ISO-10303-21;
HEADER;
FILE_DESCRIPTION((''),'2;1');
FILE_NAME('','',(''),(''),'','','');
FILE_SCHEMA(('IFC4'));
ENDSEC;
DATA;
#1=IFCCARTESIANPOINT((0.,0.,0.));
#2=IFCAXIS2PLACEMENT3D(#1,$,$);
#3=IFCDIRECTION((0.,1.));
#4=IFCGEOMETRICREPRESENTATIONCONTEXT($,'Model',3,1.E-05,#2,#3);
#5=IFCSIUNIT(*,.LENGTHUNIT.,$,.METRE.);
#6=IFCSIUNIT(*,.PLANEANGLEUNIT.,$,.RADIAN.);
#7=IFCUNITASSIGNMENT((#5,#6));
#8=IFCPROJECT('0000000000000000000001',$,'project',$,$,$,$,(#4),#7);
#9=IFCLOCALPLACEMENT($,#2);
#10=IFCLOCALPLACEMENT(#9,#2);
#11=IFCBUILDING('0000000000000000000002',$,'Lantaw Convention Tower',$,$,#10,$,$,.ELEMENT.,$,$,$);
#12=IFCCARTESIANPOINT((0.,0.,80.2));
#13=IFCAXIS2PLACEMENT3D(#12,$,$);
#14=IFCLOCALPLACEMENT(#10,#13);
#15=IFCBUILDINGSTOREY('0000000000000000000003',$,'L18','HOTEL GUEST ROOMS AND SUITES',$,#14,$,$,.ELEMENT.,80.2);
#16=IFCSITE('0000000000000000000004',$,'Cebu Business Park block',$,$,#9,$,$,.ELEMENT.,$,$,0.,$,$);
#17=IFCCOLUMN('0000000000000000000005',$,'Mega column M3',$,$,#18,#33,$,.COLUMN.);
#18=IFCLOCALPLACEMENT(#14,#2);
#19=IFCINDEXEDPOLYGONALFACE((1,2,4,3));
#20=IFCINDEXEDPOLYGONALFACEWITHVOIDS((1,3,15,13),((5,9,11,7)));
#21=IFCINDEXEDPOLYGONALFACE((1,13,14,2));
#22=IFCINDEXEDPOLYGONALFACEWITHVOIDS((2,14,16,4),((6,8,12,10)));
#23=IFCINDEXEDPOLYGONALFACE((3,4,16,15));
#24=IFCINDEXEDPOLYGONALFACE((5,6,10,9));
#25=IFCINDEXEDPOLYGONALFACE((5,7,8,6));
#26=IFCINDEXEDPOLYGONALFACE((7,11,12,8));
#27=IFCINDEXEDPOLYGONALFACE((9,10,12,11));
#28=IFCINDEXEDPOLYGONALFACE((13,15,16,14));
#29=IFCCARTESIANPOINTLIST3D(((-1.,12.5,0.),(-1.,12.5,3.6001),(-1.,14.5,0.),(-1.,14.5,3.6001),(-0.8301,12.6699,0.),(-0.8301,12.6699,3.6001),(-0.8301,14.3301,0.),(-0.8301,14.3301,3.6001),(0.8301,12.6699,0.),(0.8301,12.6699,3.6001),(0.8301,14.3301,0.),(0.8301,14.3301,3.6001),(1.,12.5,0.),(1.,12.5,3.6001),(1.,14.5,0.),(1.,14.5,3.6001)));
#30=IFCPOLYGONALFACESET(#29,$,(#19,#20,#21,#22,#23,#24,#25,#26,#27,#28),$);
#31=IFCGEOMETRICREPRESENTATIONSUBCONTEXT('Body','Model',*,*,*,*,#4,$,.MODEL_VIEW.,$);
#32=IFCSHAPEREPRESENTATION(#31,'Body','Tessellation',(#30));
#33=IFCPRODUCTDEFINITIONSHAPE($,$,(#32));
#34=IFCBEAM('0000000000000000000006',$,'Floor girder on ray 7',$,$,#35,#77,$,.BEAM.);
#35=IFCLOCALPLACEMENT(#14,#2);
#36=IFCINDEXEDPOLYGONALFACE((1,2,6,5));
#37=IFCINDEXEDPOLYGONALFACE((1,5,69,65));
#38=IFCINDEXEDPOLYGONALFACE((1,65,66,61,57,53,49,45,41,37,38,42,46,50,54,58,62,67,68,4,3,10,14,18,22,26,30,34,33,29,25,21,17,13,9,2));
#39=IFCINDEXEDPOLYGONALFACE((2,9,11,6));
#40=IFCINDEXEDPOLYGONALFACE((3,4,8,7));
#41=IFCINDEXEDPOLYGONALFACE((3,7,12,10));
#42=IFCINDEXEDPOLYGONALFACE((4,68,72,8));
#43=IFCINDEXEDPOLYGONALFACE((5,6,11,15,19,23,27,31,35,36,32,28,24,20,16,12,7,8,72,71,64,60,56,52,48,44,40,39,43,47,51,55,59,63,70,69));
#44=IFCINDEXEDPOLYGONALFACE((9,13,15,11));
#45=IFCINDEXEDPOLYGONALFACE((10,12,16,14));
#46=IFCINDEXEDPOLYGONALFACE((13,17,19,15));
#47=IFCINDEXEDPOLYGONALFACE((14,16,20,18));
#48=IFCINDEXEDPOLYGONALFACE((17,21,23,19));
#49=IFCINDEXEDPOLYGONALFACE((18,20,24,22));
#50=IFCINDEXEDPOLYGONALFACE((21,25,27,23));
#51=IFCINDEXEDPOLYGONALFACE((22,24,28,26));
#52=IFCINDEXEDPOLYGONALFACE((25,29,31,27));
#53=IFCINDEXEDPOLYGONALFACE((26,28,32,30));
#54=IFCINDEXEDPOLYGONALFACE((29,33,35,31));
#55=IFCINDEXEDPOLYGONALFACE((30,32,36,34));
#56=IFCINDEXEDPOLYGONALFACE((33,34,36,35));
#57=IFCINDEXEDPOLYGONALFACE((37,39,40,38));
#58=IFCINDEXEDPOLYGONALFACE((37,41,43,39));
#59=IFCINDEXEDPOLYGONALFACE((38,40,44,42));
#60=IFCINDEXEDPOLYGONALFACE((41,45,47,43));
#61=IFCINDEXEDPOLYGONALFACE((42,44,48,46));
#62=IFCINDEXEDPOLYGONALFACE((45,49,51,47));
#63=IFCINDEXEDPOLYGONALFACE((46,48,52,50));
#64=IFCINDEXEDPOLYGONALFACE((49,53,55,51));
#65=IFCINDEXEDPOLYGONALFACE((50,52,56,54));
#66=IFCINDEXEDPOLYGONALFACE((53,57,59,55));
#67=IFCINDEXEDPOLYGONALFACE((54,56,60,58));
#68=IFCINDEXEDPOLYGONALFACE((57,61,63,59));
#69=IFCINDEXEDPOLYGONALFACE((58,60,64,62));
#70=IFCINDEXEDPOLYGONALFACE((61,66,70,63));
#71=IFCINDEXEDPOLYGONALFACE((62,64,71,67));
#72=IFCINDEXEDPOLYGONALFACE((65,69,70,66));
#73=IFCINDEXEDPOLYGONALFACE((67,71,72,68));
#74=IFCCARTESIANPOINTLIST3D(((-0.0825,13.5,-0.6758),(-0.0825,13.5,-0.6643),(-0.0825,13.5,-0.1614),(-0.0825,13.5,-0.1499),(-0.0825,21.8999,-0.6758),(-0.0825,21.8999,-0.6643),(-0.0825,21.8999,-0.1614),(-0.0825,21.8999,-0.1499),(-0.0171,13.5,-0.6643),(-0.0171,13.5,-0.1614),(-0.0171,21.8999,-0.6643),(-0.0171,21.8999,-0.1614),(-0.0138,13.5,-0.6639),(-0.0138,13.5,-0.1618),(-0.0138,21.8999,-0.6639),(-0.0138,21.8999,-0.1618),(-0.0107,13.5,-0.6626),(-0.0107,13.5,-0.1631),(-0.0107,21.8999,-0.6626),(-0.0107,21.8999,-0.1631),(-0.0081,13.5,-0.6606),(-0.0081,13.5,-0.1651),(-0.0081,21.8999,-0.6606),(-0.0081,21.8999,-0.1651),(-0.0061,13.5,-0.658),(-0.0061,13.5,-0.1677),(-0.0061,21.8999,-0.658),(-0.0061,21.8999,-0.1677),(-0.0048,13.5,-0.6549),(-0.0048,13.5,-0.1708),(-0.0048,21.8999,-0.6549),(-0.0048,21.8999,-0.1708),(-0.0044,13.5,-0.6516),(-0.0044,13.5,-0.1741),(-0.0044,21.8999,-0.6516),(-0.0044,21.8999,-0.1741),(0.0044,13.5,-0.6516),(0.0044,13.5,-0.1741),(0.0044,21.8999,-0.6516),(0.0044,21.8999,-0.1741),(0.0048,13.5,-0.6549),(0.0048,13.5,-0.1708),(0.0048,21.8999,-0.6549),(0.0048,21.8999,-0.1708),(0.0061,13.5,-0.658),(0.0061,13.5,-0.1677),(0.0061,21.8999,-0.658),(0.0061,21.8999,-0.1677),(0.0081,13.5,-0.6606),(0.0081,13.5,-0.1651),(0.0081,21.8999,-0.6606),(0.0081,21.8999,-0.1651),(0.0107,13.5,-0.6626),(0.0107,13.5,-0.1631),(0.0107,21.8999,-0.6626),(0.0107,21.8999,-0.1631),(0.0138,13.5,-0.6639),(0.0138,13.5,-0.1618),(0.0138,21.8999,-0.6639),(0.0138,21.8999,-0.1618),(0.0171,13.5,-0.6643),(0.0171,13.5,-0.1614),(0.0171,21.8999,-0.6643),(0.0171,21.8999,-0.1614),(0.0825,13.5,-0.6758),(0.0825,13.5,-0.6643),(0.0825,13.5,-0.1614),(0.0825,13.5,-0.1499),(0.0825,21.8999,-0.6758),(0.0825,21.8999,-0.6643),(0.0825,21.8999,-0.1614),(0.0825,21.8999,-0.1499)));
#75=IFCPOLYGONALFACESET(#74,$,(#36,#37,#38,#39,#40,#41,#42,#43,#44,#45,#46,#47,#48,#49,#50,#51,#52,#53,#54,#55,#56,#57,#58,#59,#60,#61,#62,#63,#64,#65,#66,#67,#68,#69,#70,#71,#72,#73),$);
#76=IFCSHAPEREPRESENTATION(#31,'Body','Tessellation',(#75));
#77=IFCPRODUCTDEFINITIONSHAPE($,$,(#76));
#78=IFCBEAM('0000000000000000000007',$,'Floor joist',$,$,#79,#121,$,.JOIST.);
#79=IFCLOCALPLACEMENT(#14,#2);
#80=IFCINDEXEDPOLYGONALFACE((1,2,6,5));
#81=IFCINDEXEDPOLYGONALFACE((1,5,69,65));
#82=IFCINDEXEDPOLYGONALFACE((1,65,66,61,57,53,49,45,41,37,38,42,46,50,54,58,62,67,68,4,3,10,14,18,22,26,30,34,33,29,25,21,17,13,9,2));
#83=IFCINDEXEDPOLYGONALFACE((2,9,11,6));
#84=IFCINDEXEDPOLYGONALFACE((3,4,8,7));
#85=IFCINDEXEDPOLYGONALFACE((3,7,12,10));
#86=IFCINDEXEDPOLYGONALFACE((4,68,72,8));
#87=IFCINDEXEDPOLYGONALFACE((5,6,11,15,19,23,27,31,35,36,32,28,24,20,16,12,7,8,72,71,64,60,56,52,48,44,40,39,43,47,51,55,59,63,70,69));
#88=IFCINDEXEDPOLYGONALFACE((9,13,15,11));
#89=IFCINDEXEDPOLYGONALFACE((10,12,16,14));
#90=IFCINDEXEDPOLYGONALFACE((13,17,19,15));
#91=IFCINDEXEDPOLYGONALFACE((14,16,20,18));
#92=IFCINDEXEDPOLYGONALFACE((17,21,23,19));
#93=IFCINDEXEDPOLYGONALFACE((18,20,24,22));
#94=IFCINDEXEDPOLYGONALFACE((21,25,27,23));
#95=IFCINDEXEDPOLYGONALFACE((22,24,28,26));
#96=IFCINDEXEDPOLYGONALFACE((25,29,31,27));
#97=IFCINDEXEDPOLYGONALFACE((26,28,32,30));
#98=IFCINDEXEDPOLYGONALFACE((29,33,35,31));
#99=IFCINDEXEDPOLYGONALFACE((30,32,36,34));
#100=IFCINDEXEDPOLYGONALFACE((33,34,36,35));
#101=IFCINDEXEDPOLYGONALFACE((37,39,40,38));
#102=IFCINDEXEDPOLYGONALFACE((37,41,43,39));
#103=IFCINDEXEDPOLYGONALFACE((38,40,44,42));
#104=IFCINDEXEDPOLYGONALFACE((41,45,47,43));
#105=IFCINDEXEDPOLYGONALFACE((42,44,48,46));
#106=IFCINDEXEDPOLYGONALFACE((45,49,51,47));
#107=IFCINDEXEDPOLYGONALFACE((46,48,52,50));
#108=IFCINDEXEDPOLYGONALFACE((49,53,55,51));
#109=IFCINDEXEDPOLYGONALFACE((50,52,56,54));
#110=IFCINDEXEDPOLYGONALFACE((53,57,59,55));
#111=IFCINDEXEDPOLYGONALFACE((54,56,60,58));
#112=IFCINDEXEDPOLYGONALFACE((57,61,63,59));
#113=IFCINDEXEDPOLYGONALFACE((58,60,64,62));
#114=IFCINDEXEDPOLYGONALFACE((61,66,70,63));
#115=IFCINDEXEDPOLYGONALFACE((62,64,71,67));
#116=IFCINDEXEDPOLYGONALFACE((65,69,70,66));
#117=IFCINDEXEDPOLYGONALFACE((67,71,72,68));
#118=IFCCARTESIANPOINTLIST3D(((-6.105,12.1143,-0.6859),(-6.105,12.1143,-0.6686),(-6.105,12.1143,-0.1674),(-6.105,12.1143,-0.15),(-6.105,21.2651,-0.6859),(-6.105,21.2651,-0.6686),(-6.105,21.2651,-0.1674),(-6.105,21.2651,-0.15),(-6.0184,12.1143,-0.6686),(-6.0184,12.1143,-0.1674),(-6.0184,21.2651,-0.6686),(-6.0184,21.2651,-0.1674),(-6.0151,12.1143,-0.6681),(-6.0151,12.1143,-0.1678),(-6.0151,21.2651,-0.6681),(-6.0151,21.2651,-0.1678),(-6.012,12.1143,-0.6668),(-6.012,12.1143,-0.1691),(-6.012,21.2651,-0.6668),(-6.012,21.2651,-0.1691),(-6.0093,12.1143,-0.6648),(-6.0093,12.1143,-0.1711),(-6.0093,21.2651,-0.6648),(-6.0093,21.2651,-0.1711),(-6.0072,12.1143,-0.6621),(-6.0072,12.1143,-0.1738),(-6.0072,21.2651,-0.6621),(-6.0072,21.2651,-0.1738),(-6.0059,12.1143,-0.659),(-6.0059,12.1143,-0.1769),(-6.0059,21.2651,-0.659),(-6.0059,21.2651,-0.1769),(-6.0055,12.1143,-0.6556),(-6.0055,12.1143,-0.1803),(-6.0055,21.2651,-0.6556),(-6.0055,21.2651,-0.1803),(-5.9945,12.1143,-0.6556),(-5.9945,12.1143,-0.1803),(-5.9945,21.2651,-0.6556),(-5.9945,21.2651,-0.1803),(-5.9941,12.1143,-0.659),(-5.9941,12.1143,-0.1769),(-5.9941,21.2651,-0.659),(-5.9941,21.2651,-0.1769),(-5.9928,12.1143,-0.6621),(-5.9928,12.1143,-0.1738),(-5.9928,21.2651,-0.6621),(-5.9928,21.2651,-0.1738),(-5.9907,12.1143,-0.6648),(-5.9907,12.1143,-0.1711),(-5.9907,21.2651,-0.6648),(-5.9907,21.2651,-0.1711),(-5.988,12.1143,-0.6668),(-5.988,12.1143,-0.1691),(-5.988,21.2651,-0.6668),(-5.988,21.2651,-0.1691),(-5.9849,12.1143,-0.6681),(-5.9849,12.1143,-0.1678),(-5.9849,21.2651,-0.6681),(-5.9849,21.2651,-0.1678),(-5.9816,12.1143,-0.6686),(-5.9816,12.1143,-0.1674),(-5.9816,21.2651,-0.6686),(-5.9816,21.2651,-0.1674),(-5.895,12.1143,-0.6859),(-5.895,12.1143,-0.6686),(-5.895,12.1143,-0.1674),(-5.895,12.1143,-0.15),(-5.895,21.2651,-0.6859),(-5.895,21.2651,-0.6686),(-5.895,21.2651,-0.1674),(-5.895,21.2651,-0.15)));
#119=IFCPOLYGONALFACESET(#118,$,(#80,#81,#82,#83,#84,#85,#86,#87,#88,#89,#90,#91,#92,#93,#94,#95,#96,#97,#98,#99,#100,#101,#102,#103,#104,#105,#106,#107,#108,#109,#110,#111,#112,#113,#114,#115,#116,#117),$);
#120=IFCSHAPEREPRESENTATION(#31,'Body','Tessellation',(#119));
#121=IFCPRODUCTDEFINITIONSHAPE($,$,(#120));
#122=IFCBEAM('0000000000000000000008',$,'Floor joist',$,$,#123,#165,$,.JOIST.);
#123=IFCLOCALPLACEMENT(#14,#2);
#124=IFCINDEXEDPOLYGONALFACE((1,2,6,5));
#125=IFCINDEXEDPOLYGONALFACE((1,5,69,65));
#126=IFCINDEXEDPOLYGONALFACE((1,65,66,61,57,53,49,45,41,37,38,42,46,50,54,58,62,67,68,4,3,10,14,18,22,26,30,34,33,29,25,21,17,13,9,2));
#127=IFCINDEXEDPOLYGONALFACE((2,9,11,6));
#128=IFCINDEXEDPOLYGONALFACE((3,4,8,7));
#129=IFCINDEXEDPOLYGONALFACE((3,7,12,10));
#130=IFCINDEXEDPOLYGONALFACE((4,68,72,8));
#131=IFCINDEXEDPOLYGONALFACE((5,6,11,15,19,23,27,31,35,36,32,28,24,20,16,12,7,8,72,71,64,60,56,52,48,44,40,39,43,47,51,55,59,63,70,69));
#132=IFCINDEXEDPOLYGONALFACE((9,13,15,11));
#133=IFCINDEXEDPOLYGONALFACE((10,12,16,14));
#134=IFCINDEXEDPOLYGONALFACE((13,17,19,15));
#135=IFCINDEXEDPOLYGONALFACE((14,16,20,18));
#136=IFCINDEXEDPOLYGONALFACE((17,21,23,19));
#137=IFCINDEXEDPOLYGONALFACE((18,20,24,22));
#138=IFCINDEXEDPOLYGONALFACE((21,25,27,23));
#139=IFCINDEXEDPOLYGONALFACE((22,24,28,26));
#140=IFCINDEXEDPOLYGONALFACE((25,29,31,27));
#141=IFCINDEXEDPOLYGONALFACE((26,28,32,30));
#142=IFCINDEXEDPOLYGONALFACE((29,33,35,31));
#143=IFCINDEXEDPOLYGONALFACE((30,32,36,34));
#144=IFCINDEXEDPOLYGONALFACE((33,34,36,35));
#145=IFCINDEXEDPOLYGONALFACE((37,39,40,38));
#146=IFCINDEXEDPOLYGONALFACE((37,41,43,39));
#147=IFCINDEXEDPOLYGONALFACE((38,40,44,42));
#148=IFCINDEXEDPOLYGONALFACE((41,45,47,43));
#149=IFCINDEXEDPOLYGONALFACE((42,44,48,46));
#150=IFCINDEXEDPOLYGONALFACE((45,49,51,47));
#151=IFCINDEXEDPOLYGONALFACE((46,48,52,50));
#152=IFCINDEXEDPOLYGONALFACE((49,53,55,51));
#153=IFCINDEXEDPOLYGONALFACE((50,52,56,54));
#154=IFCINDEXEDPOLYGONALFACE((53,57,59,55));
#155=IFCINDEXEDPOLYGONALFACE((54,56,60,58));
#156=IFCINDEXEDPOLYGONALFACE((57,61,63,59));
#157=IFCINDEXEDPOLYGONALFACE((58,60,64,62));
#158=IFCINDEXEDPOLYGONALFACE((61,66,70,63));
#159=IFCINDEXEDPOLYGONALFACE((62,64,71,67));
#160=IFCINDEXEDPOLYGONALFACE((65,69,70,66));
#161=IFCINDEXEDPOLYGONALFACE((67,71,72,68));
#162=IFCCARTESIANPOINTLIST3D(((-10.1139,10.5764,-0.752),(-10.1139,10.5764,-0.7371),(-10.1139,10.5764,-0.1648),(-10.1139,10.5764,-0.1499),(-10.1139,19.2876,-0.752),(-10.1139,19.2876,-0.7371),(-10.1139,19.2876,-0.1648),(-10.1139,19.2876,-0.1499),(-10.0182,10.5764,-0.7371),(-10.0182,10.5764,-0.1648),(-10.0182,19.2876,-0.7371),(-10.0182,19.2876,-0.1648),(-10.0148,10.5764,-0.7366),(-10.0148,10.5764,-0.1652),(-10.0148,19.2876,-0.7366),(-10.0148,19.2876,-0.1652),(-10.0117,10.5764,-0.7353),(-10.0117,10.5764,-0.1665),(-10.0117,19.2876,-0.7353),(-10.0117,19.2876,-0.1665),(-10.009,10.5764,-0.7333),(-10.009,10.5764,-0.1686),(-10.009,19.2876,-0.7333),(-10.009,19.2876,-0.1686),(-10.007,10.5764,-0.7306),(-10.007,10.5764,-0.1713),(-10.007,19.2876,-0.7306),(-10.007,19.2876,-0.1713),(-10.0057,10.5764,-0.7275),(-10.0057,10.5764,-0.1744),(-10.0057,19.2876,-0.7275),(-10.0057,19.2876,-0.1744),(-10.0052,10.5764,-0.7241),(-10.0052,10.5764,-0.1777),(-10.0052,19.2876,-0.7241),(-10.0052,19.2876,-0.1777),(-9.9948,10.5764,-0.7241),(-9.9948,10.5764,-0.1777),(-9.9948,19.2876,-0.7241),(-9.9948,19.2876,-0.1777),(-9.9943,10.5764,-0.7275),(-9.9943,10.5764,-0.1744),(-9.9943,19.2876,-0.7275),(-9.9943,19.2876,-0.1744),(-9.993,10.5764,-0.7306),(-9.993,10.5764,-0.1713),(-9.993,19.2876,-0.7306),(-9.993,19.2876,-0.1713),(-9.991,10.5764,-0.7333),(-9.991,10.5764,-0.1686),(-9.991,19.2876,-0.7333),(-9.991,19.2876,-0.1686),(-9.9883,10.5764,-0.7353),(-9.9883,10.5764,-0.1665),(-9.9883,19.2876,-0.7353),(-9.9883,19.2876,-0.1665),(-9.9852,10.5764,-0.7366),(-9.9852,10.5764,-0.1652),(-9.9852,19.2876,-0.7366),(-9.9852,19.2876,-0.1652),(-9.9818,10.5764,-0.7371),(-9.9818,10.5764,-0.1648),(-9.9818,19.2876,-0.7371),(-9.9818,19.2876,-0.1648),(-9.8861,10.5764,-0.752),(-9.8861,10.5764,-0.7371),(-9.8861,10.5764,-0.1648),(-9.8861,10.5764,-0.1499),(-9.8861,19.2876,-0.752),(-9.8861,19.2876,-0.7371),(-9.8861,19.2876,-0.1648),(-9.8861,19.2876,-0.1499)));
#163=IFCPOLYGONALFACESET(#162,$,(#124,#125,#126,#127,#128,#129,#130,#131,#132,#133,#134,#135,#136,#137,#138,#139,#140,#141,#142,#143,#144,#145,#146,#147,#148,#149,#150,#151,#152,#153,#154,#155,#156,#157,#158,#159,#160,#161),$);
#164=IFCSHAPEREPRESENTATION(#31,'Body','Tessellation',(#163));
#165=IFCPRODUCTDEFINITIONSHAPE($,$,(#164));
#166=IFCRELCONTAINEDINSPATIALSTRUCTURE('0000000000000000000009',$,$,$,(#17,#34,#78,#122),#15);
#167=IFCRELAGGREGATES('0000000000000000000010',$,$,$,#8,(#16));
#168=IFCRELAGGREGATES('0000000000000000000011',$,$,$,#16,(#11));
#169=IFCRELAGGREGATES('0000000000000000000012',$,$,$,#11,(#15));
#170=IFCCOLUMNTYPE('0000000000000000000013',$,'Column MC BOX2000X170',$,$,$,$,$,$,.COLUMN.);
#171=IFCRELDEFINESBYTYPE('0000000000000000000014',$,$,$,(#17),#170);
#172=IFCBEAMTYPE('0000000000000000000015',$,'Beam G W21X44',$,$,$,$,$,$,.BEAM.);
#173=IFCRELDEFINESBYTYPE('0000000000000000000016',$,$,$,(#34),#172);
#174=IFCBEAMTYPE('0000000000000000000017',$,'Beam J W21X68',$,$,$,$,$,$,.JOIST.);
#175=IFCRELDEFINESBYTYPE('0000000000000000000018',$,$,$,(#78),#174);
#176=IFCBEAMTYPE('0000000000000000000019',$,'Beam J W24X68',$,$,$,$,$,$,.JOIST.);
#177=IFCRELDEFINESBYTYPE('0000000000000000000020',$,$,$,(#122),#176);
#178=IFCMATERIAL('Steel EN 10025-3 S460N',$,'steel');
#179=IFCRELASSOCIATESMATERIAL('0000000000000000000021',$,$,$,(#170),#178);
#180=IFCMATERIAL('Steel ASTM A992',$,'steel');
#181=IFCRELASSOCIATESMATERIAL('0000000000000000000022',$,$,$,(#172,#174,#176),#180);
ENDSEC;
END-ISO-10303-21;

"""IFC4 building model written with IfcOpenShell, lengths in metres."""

from ifc_helpers import new_model, si_unit, direction, frame, origin, origin_2d, place, context, subcontext, project, spatial, rectangle, hollow_rectangle, i_section, extrude, material, material_profile, profile_set, type_object, element, save


model = new_model("IFC4")

# Units and contexts
model_context = context("Model", 3, precision=1e-05, world=origin(), true_north=direction((0.0, 1.0)))
body_context = subcontext(model_context, "Body", "Model", "MODEL_VIEW")
ifc_project = project(units=[si_unit("LENGTHUNIT", "METRE"), si_unit("PLANEANGLEUNIT", "RADIAN")], contexts=[model_context])

# Site, building, storey
site_placement = place(None, origin())
site = spatial("IfcSite", under=ifc_project, at=site_placement, Name="Cebu Business Park block", CompositionType="ELEMENT", RefElevation=0.0)
building_placement = place(site_placement, origin())
building = spatial("IfcBuilding", under=site, at=building_placement, Name="Lantaw Convention Tower", CompositionType="ELEMENT")
storey_placement = place(building_placement, frame((0.0, 0.0, 80.2)))
storey = spatial("IfcBuildingStorey", under=building, at=storey_placement, Name="L18", Description="HOTEL GUEST ROOMS AND SUITES", CompositionType="ELEMENT", Elevation=80.2)

# Column
ifc_material_1 = material(Name="Steel EN 10025-3 S460N", Category="steel")
ifc_material_profile_1 = material_profile(ifc_material_1, hollow_rectangle(XDim=2.0, YDim=2.0, WallThickness=0.1699, at=origin_2d()), Name="BOX2000X170")
ifc_material_2 = material(Name="Concrete C60/75", Category="concrete")
ifc_material_profile_2 = material_profile(ifc_material_2, rectangle(XDim=1.6599, YDim=1.6599, at=origin_2d()), Name="Concrete fill of BOX2000X170")
ifc_profile_set_1 = profile_set([ifc_material_profile_1, ifc_material_profile_2], Name="Steel EN 10025-3 S460N")
column_type = type_object("IfcColumnType", Name="Column MC BOX2000X170", PredefinedType="COLUMN", material=ifc_profile_set_1)
column_placement = place(storey_placement, frame((0.0, 13.5, 0.0), z_axis=(0.0, 0.0, 1.0), x_axis=(1.0, 0.0, 0.0)))
element("IfcColumn", 1, at=column_placement, inside=storey, type_object=column_type, Name="Mega column M3", PredefinedType="COLUMN", context=body_context, shape_type="SweptSolid", body=[
    extrude(hollow_rectangle(XDim=2.0, YDim=2.0, WallThickness=0.1699, at=origin_2d()), origin(), (0.0, 0.0, 1.0), 3.6001),
])

# Beams
ifc_material_3 = material(Name="Steel ASTM A992", Category="steel")
ifc_material_profile_3 = material_profile(ifc_material_3, i_section(OverallWidth=0.165, OverallDepth=0.5259, WebThickness=0.0088, FlangeThickness=0.0115, FilletRadius=0.0127, at=origin_2d()), Name="W21X44")
ifc_profile_set_2 = profile_set([ifc_material_profile_3], Name="Steel ASTM A992")
beam_type_1 = type_object("IfcBeamType", Name="Beam G W21X44", PredefinedType="BEAM", material=ifc_profile_set_2)
beam_1_placement = place(storey_placement, frame((0.0, 13.5, -0.4128), z_axis=(0.0, 1.0, 0.0), x_axis=(-1.0, 0.0, 0.0)))
element("IfcBeam", 2, at=beam_1_placement, inside=storey, type_object=beam_type_1, Name="Floor girder on ray 7", PredefinedType="BEAM", context=body_context, shape_type="SweptSolid", body=[
    extrude(i_section(OverallWidth=0.165, OverallDepth=0.5259, WebThickness=0.0088, FlangeThickness=0.0115, FilletRadius=0.0127, at=origin_2d()), origin(), (0.0, 0.0, 1.0), 8.3999),
])
ifc_material_profile_4 = material_profile(ifc_material_3, i_section(OverallWidth=0.21, OverallDepth=0.5359, WebThickness=0.011, FlangeThickness=0.0173, FilletRadius=0.0129, at=origin_2d()), Name="W21X68")
ifc_profile_set_3 = profile_set([ifc_material_profile_4], Name="Steel ASTM A992")
beam_type_2 = type_object("IfcBeamType", Name="Beam J W21X68", PredefinedType="JOIST", material=ifc_profile_set_3)
beam_2_placement = place(storey_placement, frame((-6.0, 12.1143, -0.418), z_axis=(0.0, 1.0, 0.0), x_axis=(-1.0, 0.0, 0.0)))
element("IfcBeam", 3, at=beam_2_placement, inside=storey, type_object=beam_type_2, Name="Floor joist", PredefinedType="JOIST", context=body_context, shape_type="SweptSolid", body=[
    extrude(i_section(OverallWidth=0.21, OverallDepth=0.5359, WebThickness=0.011, FlangeThickness=0.0173, FilletRadius=0.0129, at=origin_2d()), origin(), (0.0, 0.0, 1.0), 9.1509),
])
ifc_material_profile_5 = material_profile(ifc_material_3, i_section(OverallWidth=0.2278, OverallDepth=0.6021, WebThickness=0.0105, FlangeThickness=0.0149, FilletRadius=0.0129, at=origin_2d()), Name="W24X68")
ifc_profile_set_4 = profile_set([ifc_material_profile_5], Name="Steel ASTM A992")
beam_type_3 = type_object("IfcBeamType", Name="Beam J W24X68", PredefinedType="JOIST", material=ifc_profile_set_4)
beam_3_placement = place(storey_placement, frame((-10.0, 10.5764, -0.4509), z_axis=(0.0, 1.0, 0.0), x_axis=(-1.0, 0.0, 0.0)))
element("IfcBeam", 4, at=beam_3_placement, inside=storey, type_object=beam_type_3, Name="Floor joist", PredefinedType="JOIST", context=body_context, shape_type="SweptSolid", body=[
    extrude(i_section(OverallWidth=0.2278, OverallDepth=0.6021, WebThickness=0.0105, FlangeThickness=0.0149, FilletRadius=0.0129, at=origin_2d()), origin(), (0.0, 0.0, 1.0), 8.7112),
])

save(model, "model.ifc")
